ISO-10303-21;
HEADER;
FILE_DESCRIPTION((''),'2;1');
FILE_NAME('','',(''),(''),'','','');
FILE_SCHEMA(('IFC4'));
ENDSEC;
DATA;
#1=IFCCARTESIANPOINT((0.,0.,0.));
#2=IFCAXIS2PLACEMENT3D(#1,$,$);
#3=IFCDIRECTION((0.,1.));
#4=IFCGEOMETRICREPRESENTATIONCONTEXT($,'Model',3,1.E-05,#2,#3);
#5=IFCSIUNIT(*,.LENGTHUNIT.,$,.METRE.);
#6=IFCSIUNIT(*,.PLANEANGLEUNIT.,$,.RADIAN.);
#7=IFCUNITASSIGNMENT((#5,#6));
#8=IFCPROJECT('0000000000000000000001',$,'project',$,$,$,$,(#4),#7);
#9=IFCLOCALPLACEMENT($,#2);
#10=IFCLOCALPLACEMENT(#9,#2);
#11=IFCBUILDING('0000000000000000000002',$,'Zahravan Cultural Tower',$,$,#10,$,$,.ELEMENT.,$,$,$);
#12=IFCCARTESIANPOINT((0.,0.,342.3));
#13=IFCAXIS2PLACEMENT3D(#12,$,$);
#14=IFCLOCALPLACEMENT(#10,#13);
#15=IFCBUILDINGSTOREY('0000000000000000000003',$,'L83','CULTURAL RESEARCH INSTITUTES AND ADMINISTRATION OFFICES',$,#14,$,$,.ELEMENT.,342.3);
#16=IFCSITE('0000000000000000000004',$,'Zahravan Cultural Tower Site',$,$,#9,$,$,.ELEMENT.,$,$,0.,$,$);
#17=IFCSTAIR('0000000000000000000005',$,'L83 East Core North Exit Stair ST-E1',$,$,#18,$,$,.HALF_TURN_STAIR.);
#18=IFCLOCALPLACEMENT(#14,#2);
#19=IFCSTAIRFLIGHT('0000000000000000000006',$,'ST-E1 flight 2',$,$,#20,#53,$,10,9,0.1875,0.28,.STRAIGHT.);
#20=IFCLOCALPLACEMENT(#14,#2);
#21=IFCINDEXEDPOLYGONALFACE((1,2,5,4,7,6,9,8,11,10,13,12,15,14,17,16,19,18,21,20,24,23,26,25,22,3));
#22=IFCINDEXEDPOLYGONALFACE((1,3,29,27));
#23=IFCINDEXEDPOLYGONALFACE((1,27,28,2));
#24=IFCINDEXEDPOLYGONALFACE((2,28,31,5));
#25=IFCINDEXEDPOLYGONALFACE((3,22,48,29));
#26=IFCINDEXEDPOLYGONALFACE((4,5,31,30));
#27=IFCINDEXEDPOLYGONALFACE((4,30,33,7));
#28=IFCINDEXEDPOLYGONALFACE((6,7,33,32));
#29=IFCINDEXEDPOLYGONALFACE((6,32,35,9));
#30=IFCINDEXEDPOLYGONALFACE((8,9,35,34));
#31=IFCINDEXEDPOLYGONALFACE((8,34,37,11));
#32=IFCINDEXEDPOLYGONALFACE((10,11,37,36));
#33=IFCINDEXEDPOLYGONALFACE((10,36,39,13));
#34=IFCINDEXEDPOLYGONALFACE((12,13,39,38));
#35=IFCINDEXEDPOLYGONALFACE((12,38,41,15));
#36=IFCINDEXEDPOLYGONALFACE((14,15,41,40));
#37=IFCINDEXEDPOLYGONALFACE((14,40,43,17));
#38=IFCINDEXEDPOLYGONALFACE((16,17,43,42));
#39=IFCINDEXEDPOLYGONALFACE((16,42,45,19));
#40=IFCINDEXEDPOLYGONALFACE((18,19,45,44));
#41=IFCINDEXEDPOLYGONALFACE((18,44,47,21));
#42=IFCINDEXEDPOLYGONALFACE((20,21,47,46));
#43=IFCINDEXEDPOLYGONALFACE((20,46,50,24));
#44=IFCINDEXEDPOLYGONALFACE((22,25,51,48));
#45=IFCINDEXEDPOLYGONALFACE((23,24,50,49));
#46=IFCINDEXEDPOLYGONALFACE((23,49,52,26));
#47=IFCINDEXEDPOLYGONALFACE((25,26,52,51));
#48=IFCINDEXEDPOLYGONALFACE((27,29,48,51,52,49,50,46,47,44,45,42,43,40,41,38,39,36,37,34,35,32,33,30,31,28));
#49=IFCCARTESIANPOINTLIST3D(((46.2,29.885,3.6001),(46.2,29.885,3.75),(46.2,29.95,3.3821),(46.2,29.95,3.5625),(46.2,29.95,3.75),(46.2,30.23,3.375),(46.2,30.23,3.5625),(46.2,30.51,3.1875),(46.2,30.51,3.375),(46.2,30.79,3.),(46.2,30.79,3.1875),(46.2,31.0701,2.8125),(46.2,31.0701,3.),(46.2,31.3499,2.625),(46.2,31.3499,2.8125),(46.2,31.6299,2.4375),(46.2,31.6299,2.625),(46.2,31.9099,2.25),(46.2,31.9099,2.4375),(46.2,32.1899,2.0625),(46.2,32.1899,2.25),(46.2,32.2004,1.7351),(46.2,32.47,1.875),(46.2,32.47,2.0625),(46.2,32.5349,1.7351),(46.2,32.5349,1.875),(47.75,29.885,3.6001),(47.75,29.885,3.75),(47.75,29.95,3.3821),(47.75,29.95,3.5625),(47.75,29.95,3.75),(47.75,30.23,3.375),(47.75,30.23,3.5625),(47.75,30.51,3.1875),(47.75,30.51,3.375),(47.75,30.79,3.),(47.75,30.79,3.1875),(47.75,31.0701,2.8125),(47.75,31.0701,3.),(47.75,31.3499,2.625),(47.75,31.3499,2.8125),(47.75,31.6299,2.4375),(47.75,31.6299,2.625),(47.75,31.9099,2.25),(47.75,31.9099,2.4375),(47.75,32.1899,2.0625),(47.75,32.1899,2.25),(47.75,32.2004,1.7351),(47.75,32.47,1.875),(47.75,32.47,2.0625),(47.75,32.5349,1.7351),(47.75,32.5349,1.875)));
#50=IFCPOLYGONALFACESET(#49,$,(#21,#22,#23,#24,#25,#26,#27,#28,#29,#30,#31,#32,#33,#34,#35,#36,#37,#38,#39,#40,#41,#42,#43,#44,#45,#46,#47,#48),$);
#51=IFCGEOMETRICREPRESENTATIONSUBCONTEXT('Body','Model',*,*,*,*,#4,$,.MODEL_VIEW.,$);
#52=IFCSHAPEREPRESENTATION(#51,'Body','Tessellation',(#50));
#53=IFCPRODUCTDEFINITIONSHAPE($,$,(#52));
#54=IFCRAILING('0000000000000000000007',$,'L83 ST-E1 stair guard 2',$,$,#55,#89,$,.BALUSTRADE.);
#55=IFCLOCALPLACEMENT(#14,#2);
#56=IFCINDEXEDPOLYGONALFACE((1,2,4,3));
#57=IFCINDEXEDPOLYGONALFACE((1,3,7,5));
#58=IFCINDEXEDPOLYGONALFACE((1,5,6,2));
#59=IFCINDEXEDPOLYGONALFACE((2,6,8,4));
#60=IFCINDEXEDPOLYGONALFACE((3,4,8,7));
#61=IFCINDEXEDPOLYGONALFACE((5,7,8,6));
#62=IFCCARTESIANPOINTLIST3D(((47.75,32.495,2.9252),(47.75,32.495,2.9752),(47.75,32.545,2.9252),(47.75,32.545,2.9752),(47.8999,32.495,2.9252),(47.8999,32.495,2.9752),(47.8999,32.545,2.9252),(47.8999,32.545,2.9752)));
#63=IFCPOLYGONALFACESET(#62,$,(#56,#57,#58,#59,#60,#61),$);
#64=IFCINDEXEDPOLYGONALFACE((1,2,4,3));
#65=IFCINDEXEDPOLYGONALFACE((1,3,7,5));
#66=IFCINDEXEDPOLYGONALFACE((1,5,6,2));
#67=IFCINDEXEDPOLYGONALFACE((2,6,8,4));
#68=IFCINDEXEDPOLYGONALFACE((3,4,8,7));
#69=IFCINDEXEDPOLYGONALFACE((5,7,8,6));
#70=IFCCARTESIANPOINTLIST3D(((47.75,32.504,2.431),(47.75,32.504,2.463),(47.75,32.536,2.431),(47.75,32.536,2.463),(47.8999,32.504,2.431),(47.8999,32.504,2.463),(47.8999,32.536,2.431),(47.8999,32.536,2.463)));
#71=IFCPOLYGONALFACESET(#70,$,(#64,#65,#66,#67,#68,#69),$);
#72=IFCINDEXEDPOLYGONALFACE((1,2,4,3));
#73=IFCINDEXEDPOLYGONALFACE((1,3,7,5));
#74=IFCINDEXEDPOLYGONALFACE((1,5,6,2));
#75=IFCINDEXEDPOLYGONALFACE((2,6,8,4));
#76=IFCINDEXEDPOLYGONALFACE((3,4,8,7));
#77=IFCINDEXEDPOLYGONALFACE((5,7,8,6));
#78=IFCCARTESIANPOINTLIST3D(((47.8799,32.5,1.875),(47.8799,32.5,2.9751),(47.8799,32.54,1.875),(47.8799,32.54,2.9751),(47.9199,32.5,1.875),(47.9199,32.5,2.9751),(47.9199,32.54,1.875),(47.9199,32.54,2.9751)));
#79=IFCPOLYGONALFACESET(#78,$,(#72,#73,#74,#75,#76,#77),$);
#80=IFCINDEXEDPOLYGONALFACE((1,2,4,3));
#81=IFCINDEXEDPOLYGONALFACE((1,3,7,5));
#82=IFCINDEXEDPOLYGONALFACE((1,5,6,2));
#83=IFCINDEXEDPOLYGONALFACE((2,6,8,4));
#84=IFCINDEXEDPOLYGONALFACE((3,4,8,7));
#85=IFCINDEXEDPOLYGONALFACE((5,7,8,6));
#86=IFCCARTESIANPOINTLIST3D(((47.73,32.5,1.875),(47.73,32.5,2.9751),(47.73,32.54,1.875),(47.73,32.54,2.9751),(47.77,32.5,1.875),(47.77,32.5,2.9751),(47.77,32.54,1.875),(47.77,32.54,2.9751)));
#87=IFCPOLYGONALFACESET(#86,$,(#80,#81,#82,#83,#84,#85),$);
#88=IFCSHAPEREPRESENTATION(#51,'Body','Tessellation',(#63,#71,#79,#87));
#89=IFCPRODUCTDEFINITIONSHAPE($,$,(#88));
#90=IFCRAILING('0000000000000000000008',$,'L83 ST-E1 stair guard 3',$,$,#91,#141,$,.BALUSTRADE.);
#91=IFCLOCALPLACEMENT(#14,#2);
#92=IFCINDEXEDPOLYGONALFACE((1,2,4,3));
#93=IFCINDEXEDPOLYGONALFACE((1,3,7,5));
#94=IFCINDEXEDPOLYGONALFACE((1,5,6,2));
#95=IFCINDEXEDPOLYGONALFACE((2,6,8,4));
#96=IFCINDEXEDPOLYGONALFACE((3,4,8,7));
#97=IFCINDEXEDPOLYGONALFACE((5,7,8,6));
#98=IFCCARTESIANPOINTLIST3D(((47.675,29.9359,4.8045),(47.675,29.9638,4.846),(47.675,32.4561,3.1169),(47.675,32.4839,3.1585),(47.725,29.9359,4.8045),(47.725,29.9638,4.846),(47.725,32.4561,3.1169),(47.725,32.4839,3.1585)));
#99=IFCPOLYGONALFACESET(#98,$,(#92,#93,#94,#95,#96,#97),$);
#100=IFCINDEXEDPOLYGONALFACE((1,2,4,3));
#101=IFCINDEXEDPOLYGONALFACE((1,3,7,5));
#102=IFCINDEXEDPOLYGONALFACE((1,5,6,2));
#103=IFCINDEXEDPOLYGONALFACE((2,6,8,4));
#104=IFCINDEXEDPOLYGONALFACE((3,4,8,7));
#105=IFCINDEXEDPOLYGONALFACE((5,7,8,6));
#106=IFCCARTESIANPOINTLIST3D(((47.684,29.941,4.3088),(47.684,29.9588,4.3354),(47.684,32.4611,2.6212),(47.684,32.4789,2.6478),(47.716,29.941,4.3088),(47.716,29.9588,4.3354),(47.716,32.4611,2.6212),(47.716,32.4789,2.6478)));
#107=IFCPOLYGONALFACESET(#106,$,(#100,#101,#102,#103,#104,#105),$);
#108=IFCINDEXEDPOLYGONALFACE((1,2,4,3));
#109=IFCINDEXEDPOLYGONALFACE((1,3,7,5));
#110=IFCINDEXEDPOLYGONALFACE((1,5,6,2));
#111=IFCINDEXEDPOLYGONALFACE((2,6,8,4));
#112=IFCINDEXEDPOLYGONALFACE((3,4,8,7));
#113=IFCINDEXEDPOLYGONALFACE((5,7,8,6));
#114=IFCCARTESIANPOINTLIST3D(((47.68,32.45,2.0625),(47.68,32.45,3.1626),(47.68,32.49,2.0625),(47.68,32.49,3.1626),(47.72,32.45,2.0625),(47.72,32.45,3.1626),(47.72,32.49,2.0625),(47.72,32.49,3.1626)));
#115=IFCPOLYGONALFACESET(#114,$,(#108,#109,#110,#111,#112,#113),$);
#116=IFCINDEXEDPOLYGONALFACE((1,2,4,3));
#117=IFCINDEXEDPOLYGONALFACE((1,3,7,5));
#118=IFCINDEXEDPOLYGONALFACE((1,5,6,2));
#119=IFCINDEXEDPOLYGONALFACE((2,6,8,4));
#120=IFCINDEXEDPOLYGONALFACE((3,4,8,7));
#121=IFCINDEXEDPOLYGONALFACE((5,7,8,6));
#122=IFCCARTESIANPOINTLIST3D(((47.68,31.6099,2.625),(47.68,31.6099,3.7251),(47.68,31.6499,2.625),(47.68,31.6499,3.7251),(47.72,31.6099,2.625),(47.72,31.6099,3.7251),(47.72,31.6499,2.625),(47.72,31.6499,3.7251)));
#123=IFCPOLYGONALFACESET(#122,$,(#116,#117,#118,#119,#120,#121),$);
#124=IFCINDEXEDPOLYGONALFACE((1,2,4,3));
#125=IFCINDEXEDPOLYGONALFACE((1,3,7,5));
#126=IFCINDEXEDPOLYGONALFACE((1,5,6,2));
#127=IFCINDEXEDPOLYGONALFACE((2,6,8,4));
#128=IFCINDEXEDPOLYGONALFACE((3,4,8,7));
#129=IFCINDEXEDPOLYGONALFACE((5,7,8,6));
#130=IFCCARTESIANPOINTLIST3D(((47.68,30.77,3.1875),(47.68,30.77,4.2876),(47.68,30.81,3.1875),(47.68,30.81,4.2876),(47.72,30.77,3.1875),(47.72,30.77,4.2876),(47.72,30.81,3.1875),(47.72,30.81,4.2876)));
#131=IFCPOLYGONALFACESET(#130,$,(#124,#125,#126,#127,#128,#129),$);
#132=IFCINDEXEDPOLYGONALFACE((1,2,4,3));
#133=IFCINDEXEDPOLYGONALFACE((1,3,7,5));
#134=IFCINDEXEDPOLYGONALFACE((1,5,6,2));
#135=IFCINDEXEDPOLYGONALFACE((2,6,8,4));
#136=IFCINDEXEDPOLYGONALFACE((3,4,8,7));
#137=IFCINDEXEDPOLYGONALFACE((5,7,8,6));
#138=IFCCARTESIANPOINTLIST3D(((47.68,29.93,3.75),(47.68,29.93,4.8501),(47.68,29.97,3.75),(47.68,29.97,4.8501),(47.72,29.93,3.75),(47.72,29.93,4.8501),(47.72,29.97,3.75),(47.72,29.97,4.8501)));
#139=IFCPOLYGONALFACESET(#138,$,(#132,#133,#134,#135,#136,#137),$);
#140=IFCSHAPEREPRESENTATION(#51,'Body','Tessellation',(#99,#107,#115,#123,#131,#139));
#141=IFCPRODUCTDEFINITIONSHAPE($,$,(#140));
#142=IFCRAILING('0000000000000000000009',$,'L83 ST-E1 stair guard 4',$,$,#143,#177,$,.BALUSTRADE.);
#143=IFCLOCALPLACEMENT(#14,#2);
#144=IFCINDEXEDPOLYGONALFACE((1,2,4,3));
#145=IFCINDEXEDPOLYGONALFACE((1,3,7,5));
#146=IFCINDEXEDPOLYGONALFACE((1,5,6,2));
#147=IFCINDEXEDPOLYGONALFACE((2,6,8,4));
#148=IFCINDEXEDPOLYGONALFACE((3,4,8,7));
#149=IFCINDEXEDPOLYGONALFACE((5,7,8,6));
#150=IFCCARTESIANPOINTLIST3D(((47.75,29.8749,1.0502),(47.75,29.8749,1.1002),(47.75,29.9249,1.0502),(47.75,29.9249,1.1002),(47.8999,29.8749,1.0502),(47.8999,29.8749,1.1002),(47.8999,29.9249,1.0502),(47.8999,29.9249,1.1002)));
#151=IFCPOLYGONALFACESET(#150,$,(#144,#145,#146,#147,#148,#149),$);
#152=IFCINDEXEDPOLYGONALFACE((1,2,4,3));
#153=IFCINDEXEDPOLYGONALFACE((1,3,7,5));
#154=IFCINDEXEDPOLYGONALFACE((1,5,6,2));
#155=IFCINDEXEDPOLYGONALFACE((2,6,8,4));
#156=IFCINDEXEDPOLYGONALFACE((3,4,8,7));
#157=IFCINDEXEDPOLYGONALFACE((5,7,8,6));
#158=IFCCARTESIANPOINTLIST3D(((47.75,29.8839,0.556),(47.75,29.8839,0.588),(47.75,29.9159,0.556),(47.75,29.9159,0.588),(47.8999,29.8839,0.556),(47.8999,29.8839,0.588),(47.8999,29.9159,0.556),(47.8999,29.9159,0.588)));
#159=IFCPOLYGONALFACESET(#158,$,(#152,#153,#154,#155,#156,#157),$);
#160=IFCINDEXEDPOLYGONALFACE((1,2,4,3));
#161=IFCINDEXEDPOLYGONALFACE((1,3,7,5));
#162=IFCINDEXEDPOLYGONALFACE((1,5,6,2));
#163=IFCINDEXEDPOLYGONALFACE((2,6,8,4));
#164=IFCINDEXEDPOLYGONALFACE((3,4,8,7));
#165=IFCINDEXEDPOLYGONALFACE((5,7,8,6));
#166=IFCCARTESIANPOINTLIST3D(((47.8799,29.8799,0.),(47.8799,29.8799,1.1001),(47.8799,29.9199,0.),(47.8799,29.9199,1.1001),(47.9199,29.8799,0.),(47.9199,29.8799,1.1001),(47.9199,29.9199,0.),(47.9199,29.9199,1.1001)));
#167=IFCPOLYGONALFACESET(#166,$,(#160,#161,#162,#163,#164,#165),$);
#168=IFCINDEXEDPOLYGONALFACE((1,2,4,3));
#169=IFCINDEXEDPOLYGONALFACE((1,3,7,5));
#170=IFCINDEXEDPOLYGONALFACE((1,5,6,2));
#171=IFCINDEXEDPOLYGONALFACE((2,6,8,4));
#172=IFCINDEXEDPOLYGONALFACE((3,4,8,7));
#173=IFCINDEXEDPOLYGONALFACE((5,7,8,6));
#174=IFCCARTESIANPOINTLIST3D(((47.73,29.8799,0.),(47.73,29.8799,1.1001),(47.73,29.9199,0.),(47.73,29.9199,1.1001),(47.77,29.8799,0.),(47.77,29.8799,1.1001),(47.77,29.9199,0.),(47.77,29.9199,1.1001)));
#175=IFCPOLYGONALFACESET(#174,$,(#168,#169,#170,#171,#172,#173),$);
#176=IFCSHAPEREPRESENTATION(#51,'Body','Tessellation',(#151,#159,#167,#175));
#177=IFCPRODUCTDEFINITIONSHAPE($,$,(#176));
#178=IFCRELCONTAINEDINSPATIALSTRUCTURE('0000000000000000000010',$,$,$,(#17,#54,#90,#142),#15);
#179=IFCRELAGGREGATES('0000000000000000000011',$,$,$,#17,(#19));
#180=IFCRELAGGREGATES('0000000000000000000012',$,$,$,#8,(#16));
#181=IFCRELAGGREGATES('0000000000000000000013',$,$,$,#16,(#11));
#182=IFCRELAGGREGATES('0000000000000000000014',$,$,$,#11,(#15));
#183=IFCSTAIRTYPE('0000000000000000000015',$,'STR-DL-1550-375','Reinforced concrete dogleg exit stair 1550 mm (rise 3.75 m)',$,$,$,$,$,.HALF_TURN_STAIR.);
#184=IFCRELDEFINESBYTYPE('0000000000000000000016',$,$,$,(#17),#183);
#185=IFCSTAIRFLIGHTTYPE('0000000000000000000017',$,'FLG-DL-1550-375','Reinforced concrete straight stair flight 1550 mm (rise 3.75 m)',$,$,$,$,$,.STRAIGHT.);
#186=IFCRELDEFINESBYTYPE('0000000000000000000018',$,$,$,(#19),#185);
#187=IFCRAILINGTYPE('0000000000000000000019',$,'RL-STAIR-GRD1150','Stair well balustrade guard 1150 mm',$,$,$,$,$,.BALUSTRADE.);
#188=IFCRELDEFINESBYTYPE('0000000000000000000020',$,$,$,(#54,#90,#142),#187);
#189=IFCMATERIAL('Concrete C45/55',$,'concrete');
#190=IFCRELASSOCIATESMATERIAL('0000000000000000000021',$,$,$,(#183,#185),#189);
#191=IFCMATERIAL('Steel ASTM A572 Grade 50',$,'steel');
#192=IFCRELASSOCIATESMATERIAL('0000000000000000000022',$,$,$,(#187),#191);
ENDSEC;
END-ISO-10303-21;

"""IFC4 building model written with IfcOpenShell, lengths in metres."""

from ifc_helpers import new_model, si_unit, direction, frame, origin, origin_2d, place, context, subcontext, project, spatial, polyline, rectangle, outline, extrude, material, type_object, element, aggregate, save


model = new_model("IFC4")

# Units and contexts
model_context = context("Model", 3, precision=1e-05, world=origin(), true_north=direction((0.0, 1.0)))
body_context = subcontext(model_context, "Body", "Model", "MODEL_VIEW")
ifc_project = project(units=[si_unit("LENGTHUNIT", "METRE"), si_unit("PLANEANGLEUNIT", "RADIAN")], contexts=[model_context])

# Site, building, storey
site_placement = place(None, origin())
site = spatial("IfcSite", under=ifc_project, at=site_placement, Name="Zahravan Cultural Tower Site", CompositionType="ELEMENT", RefElevation=0.0)
building_placement = place(site_placement, origin())
building = spatial("IfcBuilding", under=site, at=building_placement, Name="Zahravan Cultural Tower", CompositionType="ELEMENT")
storey_placement = place(building_placement, frame((0.0, 0.0, 342.3)))
storey = spatial("IfcBuildingStorey", under=building, at=storey_placement, Name="L83", Description="CULTURAL RESEARCH INSTITUTES AND ADMINISTRATION OFFICES", CompositionType="ELEMENT", Elevation=342.3)

# Shared definitions
ifc_material_1 = material(Name="Concrete C45/55", Category="concrete")
ifc_material_2 = material(Name="Steel ASTM A572 Grade 50", Category="steel")

# Stair, stair flight
stair_type = type_object("IfcStairType", Name="STR-DL-1550-375", Description="Reinforced concrete dogleg exit stair 1550 mm (rise 3.75 m)", PredefinedType="HALF_TURN_STAIR", material=ifc_material_1)
stair_placement = place(storey_placement, origin())
stair = element("IfcStair", 1, at=stair_placement, inside=storey, type_object=stair_type, Name="L83 East Core North Exit Stair ST-E1", PredefinedType="HALF_TURN_STAIR")
stair_flight_type = type_object("IfcStairFlightType", Name="FLG-DL-1550-375", Description="Reinforced concrete straight stair flight 1550 mm (rise 3.75 m)", PredefinedType="STRAIGHT", material=ifc_material_1)
stair_flight_placement = place(storey_placement, frame((46.9751, 32.47, 1.875), z_axis=(0.0, 0.0, 1.0), x_axis=(0.0, -1.0, 0.0)))
stair_flight = element("IfcStairFlight", 2, at=stair_flight_placement, type_object=stair_flight_type, Name="ST-E1 flight 2", NumberOfRisers=10, NumberOfTreads=9, PredefinedType="STRAIGHT", RiserHeight=0.1875, TreadLength=0.28, context=body_context, shape_type="SweptSolid", body=[
    extrude(outline(polyline([(-0.0649, -0.1399), (-0.0649, 0.0), (0.0, 0.0), (0.0, 0.1875), (0.28, 0.1875), (0.28, 0.375), (0.5601, 0.375), (0.5601, 0.5625), (0.8401, 0.5625), (0.8401, 0.75), (1.1201, 0.75), (1.1201, 0.9375), (1.3999, 0.9375), (1.3999, 1.125), (1.6799, 1.125), (1.6799, 1.3125), (1.96, 1.3125), (1.96, 1.5), (2.24, 1.5), (2.24, 1.6875), (2.52, 1.6875), (2.52, 1.875), (2.585, 1.875), (2.585, 1.7251), (2.52, 1.5071), (0.2695, -0.1399), (-0.0649, -0.1399)])), frame((0.0, 0.7749, 0.0), z_axis=(0.0, -1.0, 0.0), x_axis=(1.0, 0.0, 0.0)), (0.0, 0.0, 1.0), 1.55),
])
aggregate(stair, [stair_flight])

# Railings
railing_type_1 = type_object("IfcRailingType", Name="RL-STAIR-GRD1150", Description="Stair well balustrade guard 1150 mm", PredefinedType="BALUSTRADE", material=ifc_material_2)
railing_1_placement = place(storey_placement, frame((47.8999, 32.52, 1.875)))
element("IfcRailing", 3, at=railing_1_placement, inside=storey, type_object=railing_type_1, Name="L83 ST-E1 stair guard 2", PredefinedType="BALUSTRADE", context=body_context, shape_type="SweptSolid", body=[
    extrude(rectangle(XDim=0.05, YDim=0.05, at=origin_2d()), frame((0.0, 0.0, 1.0752), z_axis=(-1.0, 0.0, 0.0), x_axis=(0.0, -1.0, 0.0)), (0.0, 0.0, 1.0), 0.1499),
    extrude(rectangle(XDim=0.032, YDim=0.032, at=origin_2d()), frame((0.0, 0.0, 0.572), z_axis=(-1.0, 0.0, 0.0), x_axis=(0.0, -1.0, 0.0)), (0.0, 0.0, 1.0), 0.1499),
    extrude(rectangle(XDim=0.04, YDim=0.04, at=origin_2d()), origin(), (0.0, 0.0, 1.0), 1.1001),
    extrude(rectangle(XDim=0.04, YDim=0.04, at=origin_2d()), frame((-0.1499, 0.0, 0.0)), (0.0, 0.0, 1.0), 1.1001),
])
railing_2_placement = place(storey_placement, frame((47.7, 32.47, 2.0625)))
element("IfcRailing", 4, at=railing_2_placement, inside=storey, type_object=railing_type_1, Name="L83 ST-E1 stair guard 3", PredefinedType="BALUSTRADE", context=body_context, shape_type="SweptSolid", body=[
    extrude(rectangle(XDim=0.05, YDim=0.05, at=origin_2d()), frame((0.0, 0.0, 1.0752), z_axis=(0.0, -0.830909, 0.556408), x_axis=(1.0, 0.0, 0.0)), (0.0, 0.0, 1.0), 3.033),
    extrude(rectangle(XDim=0.032, YDim=0.032, at=origin_2d()), frame((0.0, 0.0, 0.572), z_axis=(0.0, -0.830909, 0.556408), x_axis=(1.0, 0.0, 0.0)), (0.0, 0.0, 1.0), 3.033),
    extrude(rectangle(XDim=0.04, YDim=0.04, at=origin_2d()), origin(), (0.0, 0.0, 1.0), 1.1001),
    extrude(rectangle(XDim=0.04, YDim=0.04, at=origin_2d()), frame((0.0, -0.8401, 0.5625)), (0.0, 0.0, 1.0), 1.1001),
    extrude(rectangle(XDim=0.04, YDim=0.04, at=origin_2d()), frame((0.0, -1.6799, 1.125)), (0.0, 0.0, 1.0), 1.1001),
    extrude(rectangle(XDim=0.04, YDim=0.04, at=origin_2d()), frame((0.0, -2.52, 1.6875)), (0.0, 0.0, 1.0), 1.1001),
])
railing_3_placement = place(storey_placement, frame((47.8999, 29.8999, 0.0)))
element("IfcRailing", 5, at=railing_3_placement, inside=storey, type_object=railing_type_1, Name="L83 ST-E1 stair guard 4", PredefinedType="BALUSTRADE", context=body_context, shape_type="SweptSolid", body=[
    extrude(rectangle(XDim=0.05, YDim=0.05, at=origin_2d()), frame((0.0, 0.0, 1.0752), z_axis=(-1.0, 0.0, 0.0), x_axis=(0.0, -1.0, 0.0)), (0.0, 0.0, 1.0), 0.1499),
    extrude(rectangle(XDim=0.032, YDim=0.032, at=origin_2d()), frame((0.0, 0.0, 0.572), z_axis=(-1.0, 0.0, 0.0), x_axis=(0.0, -1.0, 0.0)), (0.0, 0.0, 1.0), 0.1499),
    extrude(rectangle(XDim=0.04, YDim=0.04, at=origin_2d()), origin(), (0.0, 0.0, 1.0), 1.1001),
    extrude(rectangle(XDim=0.04, YDim=0.04, at=origin_2d()), frame((-0.1499, 0.0, 0.0)), (0.0, 0.0, 1.0), 1.1001),
])

save(model, "model.ifc")
